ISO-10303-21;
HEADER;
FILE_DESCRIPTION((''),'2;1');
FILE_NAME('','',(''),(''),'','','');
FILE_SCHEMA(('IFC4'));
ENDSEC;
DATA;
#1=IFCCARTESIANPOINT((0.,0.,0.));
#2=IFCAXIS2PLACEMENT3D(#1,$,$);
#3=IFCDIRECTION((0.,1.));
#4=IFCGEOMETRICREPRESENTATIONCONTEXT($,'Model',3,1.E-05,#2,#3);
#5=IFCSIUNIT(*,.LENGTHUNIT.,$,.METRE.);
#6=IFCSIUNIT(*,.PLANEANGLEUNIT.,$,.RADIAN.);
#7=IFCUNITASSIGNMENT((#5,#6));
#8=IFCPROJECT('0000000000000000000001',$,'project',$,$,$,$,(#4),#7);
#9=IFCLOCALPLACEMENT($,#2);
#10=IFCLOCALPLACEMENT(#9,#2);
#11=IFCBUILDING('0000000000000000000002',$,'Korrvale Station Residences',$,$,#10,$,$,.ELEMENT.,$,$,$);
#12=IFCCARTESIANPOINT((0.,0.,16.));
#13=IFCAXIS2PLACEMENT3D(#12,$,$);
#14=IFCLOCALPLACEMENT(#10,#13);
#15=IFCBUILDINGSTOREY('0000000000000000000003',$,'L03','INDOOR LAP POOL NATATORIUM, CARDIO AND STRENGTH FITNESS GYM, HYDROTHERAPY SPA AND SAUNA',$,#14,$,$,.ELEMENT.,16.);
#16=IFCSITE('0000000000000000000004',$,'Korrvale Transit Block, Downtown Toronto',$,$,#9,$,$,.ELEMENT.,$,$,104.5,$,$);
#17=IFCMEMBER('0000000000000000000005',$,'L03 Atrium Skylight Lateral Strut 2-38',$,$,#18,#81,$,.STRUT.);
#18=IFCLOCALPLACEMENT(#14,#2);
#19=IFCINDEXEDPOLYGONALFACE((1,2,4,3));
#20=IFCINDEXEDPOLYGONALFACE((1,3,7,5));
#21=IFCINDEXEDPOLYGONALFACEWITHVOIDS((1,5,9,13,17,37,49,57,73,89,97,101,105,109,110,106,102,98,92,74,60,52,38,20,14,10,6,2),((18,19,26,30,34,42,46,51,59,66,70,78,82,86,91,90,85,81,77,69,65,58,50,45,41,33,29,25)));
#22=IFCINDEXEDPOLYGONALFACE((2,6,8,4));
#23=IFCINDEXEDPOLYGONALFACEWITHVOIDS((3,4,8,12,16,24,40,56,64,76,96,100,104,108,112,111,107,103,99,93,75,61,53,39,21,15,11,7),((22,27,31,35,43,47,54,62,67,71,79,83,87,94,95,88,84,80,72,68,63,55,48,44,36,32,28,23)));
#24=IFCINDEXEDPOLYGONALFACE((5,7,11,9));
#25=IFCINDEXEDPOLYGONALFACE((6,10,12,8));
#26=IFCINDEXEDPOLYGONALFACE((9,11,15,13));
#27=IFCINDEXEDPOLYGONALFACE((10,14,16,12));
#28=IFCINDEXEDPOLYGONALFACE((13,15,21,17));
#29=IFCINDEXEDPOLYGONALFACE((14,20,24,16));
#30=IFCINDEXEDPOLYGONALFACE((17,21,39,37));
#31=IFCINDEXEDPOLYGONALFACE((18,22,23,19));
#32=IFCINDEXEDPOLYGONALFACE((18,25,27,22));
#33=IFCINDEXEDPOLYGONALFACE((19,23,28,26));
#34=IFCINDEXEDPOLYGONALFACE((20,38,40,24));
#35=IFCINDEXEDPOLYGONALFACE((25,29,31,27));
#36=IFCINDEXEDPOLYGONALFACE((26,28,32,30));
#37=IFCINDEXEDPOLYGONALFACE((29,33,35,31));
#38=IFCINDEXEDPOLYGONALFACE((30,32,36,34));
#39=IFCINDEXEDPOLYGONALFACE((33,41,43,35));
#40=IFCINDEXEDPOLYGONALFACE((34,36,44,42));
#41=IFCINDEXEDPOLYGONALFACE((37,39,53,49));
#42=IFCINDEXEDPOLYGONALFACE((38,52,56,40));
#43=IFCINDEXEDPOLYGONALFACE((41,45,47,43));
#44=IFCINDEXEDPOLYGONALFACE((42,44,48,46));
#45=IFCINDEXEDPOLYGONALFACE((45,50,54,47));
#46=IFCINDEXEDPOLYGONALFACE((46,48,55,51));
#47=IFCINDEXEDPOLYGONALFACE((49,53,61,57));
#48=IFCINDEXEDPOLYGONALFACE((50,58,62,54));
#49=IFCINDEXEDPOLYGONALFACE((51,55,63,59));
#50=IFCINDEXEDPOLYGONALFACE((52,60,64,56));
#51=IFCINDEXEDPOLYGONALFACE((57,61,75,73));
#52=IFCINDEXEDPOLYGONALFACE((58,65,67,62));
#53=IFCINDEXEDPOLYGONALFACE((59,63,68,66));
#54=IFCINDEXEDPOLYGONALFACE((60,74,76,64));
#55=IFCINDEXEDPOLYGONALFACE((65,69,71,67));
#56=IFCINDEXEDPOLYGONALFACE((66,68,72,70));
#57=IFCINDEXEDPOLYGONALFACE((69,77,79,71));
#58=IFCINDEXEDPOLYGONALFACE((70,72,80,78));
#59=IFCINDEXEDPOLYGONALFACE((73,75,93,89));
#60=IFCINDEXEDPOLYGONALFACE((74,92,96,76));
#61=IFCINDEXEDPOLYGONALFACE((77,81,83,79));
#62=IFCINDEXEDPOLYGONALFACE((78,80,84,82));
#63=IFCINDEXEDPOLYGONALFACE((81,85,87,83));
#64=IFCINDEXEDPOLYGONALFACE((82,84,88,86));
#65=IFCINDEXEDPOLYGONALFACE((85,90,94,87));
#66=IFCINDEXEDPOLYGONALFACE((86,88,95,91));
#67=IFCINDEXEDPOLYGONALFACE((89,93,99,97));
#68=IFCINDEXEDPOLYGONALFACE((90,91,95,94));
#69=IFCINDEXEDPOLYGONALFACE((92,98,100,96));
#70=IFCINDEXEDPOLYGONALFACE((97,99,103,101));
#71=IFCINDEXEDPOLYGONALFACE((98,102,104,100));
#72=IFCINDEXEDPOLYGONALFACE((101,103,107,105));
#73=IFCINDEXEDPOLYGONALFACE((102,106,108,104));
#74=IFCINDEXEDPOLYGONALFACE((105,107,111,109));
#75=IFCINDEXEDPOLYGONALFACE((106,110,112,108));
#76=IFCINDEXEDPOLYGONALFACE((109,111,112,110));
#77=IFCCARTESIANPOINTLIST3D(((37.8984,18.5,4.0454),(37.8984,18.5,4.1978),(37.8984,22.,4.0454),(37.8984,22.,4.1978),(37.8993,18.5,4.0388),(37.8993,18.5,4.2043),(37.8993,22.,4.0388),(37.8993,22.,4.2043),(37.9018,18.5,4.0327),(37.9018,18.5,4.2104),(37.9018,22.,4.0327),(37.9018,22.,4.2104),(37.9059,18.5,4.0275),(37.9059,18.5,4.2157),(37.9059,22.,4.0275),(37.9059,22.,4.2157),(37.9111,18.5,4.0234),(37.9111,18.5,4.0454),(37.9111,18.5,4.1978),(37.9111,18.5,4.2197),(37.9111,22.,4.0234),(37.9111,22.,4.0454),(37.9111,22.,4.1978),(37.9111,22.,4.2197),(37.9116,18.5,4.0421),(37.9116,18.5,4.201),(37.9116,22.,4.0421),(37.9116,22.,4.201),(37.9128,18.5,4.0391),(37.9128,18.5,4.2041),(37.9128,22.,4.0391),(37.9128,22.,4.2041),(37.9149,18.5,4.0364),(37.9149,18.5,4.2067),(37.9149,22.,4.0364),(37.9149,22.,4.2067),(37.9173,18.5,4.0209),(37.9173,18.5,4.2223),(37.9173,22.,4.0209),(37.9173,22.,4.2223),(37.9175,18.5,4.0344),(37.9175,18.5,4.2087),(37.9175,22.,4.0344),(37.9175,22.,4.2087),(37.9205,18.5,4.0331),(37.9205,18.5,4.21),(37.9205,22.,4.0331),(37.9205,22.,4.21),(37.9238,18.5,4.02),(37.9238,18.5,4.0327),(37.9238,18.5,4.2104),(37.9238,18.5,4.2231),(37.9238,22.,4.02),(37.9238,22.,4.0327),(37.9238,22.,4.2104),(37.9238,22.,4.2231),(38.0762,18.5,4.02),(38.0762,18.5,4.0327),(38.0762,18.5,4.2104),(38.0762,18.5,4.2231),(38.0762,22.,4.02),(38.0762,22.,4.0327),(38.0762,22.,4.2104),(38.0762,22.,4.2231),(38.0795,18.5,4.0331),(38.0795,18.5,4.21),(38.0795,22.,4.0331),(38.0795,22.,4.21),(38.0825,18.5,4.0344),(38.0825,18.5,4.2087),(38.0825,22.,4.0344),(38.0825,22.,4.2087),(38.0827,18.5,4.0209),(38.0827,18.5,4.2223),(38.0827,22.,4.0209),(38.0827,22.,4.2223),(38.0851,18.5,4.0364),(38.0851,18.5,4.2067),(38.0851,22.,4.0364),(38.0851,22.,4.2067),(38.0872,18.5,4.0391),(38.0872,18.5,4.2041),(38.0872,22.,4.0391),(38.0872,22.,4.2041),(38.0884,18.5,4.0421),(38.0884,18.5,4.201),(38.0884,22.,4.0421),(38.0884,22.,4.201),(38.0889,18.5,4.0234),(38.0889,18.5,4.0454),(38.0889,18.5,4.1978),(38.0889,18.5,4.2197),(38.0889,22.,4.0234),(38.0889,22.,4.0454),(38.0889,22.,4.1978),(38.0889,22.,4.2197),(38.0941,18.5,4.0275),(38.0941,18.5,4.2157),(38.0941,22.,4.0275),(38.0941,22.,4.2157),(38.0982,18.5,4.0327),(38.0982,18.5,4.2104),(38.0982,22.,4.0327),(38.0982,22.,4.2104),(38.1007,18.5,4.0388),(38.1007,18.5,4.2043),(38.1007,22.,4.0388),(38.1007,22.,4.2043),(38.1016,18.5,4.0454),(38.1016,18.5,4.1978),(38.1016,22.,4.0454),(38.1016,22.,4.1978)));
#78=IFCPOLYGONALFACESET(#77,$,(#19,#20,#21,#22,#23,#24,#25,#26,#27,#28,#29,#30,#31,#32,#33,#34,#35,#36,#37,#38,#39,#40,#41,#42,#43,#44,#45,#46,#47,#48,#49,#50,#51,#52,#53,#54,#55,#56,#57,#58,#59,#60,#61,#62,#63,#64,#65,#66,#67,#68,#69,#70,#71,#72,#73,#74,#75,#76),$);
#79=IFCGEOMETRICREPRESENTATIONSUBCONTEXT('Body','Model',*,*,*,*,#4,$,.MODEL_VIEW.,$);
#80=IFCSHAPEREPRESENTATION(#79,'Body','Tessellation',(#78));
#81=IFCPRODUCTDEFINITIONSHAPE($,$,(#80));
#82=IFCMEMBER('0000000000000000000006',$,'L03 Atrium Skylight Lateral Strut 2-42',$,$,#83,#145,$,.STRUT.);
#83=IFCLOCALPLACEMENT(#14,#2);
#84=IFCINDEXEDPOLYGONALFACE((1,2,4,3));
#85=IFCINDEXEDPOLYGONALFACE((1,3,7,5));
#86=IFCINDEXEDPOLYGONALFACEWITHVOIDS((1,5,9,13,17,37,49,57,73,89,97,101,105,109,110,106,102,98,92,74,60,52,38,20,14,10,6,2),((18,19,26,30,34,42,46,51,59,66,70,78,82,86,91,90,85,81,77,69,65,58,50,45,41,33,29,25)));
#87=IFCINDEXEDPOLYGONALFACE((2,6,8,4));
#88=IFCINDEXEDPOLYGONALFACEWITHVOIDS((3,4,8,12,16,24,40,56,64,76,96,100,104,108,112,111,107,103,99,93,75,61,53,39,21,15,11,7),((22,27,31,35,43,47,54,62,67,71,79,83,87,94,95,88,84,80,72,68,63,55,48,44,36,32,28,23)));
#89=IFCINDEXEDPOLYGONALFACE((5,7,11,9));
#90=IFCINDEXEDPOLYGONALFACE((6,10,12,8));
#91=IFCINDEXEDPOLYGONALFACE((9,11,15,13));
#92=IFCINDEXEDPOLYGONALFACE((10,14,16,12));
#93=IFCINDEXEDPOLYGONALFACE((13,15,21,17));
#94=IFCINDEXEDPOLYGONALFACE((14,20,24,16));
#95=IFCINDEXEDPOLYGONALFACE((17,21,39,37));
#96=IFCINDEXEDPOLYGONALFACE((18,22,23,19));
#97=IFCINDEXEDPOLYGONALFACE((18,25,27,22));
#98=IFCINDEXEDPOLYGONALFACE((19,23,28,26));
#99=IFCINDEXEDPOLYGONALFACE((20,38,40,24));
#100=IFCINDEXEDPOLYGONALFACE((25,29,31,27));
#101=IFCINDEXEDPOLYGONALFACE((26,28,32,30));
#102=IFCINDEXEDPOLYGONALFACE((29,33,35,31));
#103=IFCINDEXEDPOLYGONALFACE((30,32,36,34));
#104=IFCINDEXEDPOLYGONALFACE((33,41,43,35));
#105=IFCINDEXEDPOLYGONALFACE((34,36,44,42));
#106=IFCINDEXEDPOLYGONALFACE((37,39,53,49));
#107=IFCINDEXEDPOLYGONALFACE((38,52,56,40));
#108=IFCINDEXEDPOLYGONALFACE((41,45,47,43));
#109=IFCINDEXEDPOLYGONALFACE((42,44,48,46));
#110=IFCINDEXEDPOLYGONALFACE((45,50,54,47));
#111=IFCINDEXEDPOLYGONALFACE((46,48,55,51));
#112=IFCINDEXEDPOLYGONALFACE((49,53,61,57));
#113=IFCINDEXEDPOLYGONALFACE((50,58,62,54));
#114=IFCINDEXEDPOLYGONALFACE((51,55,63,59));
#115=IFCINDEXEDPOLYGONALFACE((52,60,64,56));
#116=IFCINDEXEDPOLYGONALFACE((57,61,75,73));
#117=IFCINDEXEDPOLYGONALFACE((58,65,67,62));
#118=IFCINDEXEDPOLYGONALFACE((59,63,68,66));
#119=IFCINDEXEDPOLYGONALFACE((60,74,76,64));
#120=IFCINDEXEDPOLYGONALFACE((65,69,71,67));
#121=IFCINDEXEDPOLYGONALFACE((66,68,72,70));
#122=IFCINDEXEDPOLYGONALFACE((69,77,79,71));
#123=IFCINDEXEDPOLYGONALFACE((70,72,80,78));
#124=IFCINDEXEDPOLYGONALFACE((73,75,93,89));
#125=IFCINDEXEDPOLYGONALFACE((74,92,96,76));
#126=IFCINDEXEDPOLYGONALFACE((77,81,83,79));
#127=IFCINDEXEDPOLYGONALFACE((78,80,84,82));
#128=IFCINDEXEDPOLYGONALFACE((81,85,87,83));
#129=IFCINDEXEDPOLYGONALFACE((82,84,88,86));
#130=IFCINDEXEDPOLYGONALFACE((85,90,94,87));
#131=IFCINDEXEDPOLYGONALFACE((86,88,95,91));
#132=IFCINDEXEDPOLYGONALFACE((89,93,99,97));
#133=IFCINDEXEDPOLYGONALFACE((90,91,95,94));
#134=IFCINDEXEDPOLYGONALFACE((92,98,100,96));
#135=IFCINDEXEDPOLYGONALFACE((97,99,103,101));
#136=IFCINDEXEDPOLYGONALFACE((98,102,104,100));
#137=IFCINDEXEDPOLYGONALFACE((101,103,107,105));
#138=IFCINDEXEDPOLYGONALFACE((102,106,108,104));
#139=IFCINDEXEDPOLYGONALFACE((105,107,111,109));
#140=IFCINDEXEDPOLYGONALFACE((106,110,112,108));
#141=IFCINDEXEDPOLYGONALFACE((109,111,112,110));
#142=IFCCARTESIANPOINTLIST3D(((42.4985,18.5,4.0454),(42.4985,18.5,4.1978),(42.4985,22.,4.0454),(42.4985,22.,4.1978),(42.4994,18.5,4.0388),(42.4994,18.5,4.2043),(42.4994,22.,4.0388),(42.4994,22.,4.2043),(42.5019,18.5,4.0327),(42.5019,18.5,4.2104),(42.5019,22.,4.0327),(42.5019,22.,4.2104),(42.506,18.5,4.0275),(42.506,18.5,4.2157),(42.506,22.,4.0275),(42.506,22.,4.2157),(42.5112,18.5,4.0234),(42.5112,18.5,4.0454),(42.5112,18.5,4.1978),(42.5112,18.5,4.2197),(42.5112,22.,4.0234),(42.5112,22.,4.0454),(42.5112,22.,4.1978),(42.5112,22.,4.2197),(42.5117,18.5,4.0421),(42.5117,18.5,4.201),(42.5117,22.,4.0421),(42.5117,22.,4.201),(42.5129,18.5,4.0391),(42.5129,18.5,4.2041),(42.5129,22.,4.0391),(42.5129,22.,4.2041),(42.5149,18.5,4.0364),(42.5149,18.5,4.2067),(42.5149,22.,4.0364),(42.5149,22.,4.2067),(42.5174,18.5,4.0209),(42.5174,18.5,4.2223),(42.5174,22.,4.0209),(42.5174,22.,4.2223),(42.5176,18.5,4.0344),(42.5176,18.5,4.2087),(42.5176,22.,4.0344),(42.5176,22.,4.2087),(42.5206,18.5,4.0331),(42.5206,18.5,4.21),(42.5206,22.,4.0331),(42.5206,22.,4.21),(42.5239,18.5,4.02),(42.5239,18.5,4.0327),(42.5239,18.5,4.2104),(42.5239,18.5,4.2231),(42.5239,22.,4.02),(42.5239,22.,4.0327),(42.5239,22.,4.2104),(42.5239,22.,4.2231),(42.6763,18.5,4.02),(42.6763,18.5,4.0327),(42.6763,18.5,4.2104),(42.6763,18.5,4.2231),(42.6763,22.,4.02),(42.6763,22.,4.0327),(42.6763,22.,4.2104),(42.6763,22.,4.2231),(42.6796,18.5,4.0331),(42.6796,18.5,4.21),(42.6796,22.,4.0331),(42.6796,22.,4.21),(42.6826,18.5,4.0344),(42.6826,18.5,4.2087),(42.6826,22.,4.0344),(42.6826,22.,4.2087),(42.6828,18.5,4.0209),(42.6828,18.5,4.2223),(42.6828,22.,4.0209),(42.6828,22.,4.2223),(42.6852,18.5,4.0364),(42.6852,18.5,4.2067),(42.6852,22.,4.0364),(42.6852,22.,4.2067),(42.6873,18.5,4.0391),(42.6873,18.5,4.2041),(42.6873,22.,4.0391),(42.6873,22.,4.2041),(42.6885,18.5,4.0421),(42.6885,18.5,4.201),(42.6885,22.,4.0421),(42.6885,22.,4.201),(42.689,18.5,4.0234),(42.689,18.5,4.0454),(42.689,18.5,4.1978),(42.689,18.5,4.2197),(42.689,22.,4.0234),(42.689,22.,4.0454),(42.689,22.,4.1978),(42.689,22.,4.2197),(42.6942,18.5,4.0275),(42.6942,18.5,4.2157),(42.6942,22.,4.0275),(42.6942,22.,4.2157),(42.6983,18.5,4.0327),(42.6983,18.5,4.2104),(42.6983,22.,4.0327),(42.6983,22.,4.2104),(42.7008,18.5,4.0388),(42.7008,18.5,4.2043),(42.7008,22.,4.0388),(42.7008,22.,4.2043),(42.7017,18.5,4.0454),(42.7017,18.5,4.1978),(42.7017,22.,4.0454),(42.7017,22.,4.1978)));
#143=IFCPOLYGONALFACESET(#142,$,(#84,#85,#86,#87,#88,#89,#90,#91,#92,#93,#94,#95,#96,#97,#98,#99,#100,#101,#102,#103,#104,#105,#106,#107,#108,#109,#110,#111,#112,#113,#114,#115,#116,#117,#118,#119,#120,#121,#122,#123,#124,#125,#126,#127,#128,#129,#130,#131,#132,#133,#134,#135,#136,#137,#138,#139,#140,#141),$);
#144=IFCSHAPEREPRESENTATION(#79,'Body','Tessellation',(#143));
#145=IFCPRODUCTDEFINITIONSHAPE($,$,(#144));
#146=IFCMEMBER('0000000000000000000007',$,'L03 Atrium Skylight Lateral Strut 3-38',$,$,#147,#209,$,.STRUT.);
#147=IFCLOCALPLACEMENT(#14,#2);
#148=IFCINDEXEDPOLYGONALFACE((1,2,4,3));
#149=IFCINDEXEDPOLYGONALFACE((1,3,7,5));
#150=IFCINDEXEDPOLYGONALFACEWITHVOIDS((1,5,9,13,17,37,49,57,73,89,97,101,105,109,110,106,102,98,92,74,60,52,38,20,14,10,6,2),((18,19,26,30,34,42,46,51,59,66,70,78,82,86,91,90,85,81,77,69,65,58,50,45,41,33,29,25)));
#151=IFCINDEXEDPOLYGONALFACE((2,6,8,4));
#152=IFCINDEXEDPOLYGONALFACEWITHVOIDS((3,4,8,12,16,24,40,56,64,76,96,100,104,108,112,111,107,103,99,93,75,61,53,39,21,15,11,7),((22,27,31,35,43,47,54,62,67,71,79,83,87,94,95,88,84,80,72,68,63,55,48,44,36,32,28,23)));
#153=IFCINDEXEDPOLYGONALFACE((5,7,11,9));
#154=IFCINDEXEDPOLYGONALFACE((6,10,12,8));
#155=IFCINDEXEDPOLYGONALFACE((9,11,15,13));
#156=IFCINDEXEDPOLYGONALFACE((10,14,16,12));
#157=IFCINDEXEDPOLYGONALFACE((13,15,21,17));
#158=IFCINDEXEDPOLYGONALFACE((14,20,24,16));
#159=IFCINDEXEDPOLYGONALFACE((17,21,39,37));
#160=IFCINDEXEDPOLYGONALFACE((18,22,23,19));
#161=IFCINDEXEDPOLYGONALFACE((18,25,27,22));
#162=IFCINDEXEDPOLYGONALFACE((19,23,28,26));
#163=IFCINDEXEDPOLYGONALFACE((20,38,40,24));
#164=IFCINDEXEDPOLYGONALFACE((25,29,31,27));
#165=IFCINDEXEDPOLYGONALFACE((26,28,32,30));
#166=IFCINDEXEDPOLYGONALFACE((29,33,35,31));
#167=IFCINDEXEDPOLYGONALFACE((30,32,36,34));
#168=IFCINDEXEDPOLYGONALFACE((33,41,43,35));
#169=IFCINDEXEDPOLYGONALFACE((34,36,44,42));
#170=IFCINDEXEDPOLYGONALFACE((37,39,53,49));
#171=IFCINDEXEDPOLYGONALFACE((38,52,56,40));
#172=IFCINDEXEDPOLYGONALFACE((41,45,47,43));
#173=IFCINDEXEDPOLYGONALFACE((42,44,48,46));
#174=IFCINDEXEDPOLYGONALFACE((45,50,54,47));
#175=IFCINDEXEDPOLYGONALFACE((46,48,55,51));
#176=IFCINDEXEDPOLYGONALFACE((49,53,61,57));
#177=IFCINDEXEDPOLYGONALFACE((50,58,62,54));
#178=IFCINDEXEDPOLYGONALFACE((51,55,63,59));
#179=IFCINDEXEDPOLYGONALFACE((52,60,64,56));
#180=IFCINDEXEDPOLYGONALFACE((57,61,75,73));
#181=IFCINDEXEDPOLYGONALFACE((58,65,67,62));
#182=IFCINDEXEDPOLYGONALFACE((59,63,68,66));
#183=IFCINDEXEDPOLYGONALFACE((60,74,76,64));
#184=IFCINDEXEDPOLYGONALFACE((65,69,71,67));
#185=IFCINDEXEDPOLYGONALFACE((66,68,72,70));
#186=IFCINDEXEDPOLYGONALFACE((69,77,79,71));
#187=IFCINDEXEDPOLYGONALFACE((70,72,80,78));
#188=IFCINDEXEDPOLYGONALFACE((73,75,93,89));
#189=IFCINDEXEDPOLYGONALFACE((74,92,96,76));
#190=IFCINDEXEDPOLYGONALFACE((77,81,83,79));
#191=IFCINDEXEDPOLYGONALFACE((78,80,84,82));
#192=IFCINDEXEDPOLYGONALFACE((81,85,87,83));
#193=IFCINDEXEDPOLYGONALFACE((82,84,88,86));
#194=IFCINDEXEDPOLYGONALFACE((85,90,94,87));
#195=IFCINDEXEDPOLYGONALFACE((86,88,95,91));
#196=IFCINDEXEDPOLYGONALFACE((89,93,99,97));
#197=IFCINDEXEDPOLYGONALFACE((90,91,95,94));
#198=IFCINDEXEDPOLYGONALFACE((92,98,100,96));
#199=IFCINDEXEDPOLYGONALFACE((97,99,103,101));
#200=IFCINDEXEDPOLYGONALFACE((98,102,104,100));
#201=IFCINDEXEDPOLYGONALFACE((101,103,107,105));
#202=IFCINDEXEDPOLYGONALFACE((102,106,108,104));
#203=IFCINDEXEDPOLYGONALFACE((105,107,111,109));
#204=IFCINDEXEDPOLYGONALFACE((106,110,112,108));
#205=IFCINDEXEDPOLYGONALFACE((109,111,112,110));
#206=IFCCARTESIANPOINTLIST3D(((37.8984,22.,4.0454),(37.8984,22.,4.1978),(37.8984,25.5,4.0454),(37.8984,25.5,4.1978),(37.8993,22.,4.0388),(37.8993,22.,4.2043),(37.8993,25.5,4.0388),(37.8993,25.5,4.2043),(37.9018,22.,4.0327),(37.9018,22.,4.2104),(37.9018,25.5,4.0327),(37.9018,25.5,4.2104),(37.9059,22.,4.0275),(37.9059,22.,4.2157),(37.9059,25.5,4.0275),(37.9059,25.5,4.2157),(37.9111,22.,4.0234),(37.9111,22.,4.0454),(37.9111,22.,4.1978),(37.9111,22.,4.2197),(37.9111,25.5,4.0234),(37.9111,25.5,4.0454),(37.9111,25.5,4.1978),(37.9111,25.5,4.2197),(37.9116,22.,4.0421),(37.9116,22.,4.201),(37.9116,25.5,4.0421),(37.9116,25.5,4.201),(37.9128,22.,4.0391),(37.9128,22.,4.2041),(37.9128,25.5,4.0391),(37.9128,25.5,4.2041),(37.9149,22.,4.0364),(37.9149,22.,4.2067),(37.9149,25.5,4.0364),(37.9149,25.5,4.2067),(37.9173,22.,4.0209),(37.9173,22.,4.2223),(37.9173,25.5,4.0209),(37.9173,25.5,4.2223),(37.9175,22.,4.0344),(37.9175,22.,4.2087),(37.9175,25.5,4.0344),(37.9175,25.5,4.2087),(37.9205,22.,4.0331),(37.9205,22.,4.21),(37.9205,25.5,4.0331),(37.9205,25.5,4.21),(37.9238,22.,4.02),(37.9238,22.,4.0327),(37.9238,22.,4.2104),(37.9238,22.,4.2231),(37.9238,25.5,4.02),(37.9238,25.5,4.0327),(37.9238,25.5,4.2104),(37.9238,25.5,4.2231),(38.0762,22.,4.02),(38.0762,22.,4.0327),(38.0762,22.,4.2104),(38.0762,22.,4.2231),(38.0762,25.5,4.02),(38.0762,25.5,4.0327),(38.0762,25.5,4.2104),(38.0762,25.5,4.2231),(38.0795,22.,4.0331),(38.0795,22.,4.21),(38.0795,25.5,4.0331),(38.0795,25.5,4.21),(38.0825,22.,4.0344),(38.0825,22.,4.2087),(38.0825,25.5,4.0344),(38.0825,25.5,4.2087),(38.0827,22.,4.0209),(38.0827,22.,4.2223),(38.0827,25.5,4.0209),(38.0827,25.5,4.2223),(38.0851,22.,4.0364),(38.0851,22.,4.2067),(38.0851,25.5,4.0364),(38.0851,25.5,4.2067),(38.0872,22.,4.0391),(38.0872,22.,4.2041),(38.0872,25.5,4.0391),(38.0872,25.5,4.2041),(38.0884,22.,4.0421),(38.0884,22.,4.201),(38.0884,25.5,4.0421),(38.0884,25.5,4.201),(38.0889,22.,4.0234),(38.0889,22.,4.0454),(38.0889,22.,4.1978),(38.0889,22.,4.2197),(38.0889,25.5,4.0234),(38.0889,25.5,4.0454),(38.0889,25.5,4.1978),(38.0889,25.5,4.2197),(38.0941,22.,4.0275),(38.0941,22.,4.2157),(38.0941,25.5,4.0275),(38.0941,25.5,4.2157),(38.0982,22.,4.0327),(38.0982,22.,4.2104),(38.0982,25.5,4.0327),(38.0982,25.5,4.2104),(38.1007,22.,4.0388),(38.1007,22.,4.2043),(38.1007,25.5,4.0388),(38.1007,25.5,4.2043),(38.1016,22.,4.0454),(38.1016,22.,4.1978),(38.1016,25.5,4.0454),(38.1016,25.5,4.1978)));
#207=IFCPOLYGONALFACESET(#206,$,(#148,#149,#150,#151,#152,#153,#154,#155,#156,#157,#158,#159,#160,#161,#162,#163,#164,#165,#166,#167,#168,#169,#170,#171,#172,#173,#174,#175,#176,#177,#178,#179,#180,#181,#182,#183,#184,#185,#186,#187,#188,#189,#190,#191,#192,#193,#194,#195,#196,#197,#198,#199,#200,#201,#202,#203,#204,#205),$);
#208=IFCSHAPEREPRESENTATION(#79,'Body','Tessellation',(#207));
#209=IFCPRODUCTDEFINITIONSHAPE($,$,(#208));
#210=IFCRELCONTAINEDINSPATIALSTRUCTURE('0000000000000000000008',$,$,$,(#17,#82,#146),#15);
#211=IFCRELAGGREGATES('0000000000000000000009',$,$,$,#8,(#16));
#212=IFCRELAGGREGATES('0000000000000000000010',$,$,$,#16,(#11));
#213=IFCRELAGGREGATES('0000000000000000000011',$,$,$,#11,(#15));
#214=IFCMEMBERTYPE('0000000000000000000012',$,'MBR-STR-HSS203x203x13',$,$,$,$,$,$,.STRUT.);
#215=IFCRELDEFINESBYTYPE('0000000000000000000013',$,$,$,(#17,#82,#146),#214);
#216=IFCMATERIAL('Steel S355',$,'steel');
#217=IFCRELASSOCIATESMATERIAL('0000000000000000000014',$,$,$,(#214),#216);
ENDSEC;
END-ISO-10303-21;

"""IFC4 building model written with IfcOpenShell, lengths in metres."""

from ifc_helpers import new_model, si_unit, direction, frame, origin, origin_2d, place, context, subcontext, project, spatial, hollow_rectangle, extrude, material, material_profile, profile_set, type_object, element, save


model = new_model("IFC4")

# Units and contexts
model_context = context("Model", 3, precision=1e-05, world=origin(), true_north=direction((0.0, 1.0)))
body_context = subcontext(model_context, "Body", "Model", "MODEL_VIEW")
ifc_project = project(units=[si_unit("LENGTHUNIT", "METRE"), si_unit("PLANEANGLEUNIT", "RADIAN")], contexts=[model_context])

# Site, building, storey
site_placement = place(None, origin())
site = spatial("IfcSite", under=ifc_project, at=site_placement, Name="Korrvale Transit Block, Downtown Toronto", CompositionType="ELEMENT", RefElevation=104.5)
building_placement = place(site_placement, origin())
building = spatial("IfcBuilding", under=site, at=building_placement, Name="Korrvale Station Residences", CompositionType="ELEMENT")
storey_placement = place(building_placement, frame((0.0, 0.0, 16.0)))
storey = spatial("IfcBuildingStorey", under=building, at=storey_placement, Name="L03", Description="INDOOR LAP POOL NATATORIUM, CARDIO AND STRENGTH FITNESS GYM, HYDROTHERAPY SPA AND SAUNA", CompositionType="ELEMENT", Elevation=16.0)

# Shared definitions
ifc_material_1 = material(Name="Steel S355", Category="steel")

# Members
ifc_material_profile_1 = material_profile(ifc_material_1, hollow_rectangle(XDim=0.2031, YDim=0.2031, WallThickness=0.0127, InnerFilletRadius=0.0127, OuterFilletRadius=0.0254, at=origin_2d()), Name="HSS203x203x13")
ifc_profile_set_1 = profile_set([ifc_material_profile_1], Name="Steel S355")
member_type_1 = type_object("IfcMemberType", Name="MBR-STR-HSS203x203x13", PredefinedType="STRUT", material=ifc_profile_set_1)
for number, where, z_axis, x_axis, name in (
    (1, (38.0, 18.5, 4.1216), (0.0, 1.0, 0.0), (-1.0, 0.0, 0.0), "L03 Atrium Skylight Lateral Strut 2-38"),
    (2, (42.6001, 18.5, 4.1216), (0.0, 1.0, 0.0), (-1.0, 0.0, 0.0), "L03 Atrium Skylight Lateral Strut 2-42"),
    (3, (38.0, 22.0, 4.1216), (0.0, 1.0, 0.0), (-1.0, 0.0, 0.0), "L03 Atrium Skylight Lateral Strut 3-38"),
):
    element("IfcMember", number, at=place(storey_placement, frame(where, z_axis=z_axis, x_axis=x_axis)), inside=storey, type_object=member_type_1, Name=name, PredefinedType="STRUT", context=body_context, shape_type="SweptSolid", body=[
        extrude(hollow_rectangle(XDim=0.2031, YDim=0.2031, WallThickness=0.0127, InnerFilletRadius=0.0127, OuterFilletRadius=0.0254, at=origin_2d()), origin(), (0.0, 0.0, 1.0), 3.5),
    ])

save(model, "model.ifc")
